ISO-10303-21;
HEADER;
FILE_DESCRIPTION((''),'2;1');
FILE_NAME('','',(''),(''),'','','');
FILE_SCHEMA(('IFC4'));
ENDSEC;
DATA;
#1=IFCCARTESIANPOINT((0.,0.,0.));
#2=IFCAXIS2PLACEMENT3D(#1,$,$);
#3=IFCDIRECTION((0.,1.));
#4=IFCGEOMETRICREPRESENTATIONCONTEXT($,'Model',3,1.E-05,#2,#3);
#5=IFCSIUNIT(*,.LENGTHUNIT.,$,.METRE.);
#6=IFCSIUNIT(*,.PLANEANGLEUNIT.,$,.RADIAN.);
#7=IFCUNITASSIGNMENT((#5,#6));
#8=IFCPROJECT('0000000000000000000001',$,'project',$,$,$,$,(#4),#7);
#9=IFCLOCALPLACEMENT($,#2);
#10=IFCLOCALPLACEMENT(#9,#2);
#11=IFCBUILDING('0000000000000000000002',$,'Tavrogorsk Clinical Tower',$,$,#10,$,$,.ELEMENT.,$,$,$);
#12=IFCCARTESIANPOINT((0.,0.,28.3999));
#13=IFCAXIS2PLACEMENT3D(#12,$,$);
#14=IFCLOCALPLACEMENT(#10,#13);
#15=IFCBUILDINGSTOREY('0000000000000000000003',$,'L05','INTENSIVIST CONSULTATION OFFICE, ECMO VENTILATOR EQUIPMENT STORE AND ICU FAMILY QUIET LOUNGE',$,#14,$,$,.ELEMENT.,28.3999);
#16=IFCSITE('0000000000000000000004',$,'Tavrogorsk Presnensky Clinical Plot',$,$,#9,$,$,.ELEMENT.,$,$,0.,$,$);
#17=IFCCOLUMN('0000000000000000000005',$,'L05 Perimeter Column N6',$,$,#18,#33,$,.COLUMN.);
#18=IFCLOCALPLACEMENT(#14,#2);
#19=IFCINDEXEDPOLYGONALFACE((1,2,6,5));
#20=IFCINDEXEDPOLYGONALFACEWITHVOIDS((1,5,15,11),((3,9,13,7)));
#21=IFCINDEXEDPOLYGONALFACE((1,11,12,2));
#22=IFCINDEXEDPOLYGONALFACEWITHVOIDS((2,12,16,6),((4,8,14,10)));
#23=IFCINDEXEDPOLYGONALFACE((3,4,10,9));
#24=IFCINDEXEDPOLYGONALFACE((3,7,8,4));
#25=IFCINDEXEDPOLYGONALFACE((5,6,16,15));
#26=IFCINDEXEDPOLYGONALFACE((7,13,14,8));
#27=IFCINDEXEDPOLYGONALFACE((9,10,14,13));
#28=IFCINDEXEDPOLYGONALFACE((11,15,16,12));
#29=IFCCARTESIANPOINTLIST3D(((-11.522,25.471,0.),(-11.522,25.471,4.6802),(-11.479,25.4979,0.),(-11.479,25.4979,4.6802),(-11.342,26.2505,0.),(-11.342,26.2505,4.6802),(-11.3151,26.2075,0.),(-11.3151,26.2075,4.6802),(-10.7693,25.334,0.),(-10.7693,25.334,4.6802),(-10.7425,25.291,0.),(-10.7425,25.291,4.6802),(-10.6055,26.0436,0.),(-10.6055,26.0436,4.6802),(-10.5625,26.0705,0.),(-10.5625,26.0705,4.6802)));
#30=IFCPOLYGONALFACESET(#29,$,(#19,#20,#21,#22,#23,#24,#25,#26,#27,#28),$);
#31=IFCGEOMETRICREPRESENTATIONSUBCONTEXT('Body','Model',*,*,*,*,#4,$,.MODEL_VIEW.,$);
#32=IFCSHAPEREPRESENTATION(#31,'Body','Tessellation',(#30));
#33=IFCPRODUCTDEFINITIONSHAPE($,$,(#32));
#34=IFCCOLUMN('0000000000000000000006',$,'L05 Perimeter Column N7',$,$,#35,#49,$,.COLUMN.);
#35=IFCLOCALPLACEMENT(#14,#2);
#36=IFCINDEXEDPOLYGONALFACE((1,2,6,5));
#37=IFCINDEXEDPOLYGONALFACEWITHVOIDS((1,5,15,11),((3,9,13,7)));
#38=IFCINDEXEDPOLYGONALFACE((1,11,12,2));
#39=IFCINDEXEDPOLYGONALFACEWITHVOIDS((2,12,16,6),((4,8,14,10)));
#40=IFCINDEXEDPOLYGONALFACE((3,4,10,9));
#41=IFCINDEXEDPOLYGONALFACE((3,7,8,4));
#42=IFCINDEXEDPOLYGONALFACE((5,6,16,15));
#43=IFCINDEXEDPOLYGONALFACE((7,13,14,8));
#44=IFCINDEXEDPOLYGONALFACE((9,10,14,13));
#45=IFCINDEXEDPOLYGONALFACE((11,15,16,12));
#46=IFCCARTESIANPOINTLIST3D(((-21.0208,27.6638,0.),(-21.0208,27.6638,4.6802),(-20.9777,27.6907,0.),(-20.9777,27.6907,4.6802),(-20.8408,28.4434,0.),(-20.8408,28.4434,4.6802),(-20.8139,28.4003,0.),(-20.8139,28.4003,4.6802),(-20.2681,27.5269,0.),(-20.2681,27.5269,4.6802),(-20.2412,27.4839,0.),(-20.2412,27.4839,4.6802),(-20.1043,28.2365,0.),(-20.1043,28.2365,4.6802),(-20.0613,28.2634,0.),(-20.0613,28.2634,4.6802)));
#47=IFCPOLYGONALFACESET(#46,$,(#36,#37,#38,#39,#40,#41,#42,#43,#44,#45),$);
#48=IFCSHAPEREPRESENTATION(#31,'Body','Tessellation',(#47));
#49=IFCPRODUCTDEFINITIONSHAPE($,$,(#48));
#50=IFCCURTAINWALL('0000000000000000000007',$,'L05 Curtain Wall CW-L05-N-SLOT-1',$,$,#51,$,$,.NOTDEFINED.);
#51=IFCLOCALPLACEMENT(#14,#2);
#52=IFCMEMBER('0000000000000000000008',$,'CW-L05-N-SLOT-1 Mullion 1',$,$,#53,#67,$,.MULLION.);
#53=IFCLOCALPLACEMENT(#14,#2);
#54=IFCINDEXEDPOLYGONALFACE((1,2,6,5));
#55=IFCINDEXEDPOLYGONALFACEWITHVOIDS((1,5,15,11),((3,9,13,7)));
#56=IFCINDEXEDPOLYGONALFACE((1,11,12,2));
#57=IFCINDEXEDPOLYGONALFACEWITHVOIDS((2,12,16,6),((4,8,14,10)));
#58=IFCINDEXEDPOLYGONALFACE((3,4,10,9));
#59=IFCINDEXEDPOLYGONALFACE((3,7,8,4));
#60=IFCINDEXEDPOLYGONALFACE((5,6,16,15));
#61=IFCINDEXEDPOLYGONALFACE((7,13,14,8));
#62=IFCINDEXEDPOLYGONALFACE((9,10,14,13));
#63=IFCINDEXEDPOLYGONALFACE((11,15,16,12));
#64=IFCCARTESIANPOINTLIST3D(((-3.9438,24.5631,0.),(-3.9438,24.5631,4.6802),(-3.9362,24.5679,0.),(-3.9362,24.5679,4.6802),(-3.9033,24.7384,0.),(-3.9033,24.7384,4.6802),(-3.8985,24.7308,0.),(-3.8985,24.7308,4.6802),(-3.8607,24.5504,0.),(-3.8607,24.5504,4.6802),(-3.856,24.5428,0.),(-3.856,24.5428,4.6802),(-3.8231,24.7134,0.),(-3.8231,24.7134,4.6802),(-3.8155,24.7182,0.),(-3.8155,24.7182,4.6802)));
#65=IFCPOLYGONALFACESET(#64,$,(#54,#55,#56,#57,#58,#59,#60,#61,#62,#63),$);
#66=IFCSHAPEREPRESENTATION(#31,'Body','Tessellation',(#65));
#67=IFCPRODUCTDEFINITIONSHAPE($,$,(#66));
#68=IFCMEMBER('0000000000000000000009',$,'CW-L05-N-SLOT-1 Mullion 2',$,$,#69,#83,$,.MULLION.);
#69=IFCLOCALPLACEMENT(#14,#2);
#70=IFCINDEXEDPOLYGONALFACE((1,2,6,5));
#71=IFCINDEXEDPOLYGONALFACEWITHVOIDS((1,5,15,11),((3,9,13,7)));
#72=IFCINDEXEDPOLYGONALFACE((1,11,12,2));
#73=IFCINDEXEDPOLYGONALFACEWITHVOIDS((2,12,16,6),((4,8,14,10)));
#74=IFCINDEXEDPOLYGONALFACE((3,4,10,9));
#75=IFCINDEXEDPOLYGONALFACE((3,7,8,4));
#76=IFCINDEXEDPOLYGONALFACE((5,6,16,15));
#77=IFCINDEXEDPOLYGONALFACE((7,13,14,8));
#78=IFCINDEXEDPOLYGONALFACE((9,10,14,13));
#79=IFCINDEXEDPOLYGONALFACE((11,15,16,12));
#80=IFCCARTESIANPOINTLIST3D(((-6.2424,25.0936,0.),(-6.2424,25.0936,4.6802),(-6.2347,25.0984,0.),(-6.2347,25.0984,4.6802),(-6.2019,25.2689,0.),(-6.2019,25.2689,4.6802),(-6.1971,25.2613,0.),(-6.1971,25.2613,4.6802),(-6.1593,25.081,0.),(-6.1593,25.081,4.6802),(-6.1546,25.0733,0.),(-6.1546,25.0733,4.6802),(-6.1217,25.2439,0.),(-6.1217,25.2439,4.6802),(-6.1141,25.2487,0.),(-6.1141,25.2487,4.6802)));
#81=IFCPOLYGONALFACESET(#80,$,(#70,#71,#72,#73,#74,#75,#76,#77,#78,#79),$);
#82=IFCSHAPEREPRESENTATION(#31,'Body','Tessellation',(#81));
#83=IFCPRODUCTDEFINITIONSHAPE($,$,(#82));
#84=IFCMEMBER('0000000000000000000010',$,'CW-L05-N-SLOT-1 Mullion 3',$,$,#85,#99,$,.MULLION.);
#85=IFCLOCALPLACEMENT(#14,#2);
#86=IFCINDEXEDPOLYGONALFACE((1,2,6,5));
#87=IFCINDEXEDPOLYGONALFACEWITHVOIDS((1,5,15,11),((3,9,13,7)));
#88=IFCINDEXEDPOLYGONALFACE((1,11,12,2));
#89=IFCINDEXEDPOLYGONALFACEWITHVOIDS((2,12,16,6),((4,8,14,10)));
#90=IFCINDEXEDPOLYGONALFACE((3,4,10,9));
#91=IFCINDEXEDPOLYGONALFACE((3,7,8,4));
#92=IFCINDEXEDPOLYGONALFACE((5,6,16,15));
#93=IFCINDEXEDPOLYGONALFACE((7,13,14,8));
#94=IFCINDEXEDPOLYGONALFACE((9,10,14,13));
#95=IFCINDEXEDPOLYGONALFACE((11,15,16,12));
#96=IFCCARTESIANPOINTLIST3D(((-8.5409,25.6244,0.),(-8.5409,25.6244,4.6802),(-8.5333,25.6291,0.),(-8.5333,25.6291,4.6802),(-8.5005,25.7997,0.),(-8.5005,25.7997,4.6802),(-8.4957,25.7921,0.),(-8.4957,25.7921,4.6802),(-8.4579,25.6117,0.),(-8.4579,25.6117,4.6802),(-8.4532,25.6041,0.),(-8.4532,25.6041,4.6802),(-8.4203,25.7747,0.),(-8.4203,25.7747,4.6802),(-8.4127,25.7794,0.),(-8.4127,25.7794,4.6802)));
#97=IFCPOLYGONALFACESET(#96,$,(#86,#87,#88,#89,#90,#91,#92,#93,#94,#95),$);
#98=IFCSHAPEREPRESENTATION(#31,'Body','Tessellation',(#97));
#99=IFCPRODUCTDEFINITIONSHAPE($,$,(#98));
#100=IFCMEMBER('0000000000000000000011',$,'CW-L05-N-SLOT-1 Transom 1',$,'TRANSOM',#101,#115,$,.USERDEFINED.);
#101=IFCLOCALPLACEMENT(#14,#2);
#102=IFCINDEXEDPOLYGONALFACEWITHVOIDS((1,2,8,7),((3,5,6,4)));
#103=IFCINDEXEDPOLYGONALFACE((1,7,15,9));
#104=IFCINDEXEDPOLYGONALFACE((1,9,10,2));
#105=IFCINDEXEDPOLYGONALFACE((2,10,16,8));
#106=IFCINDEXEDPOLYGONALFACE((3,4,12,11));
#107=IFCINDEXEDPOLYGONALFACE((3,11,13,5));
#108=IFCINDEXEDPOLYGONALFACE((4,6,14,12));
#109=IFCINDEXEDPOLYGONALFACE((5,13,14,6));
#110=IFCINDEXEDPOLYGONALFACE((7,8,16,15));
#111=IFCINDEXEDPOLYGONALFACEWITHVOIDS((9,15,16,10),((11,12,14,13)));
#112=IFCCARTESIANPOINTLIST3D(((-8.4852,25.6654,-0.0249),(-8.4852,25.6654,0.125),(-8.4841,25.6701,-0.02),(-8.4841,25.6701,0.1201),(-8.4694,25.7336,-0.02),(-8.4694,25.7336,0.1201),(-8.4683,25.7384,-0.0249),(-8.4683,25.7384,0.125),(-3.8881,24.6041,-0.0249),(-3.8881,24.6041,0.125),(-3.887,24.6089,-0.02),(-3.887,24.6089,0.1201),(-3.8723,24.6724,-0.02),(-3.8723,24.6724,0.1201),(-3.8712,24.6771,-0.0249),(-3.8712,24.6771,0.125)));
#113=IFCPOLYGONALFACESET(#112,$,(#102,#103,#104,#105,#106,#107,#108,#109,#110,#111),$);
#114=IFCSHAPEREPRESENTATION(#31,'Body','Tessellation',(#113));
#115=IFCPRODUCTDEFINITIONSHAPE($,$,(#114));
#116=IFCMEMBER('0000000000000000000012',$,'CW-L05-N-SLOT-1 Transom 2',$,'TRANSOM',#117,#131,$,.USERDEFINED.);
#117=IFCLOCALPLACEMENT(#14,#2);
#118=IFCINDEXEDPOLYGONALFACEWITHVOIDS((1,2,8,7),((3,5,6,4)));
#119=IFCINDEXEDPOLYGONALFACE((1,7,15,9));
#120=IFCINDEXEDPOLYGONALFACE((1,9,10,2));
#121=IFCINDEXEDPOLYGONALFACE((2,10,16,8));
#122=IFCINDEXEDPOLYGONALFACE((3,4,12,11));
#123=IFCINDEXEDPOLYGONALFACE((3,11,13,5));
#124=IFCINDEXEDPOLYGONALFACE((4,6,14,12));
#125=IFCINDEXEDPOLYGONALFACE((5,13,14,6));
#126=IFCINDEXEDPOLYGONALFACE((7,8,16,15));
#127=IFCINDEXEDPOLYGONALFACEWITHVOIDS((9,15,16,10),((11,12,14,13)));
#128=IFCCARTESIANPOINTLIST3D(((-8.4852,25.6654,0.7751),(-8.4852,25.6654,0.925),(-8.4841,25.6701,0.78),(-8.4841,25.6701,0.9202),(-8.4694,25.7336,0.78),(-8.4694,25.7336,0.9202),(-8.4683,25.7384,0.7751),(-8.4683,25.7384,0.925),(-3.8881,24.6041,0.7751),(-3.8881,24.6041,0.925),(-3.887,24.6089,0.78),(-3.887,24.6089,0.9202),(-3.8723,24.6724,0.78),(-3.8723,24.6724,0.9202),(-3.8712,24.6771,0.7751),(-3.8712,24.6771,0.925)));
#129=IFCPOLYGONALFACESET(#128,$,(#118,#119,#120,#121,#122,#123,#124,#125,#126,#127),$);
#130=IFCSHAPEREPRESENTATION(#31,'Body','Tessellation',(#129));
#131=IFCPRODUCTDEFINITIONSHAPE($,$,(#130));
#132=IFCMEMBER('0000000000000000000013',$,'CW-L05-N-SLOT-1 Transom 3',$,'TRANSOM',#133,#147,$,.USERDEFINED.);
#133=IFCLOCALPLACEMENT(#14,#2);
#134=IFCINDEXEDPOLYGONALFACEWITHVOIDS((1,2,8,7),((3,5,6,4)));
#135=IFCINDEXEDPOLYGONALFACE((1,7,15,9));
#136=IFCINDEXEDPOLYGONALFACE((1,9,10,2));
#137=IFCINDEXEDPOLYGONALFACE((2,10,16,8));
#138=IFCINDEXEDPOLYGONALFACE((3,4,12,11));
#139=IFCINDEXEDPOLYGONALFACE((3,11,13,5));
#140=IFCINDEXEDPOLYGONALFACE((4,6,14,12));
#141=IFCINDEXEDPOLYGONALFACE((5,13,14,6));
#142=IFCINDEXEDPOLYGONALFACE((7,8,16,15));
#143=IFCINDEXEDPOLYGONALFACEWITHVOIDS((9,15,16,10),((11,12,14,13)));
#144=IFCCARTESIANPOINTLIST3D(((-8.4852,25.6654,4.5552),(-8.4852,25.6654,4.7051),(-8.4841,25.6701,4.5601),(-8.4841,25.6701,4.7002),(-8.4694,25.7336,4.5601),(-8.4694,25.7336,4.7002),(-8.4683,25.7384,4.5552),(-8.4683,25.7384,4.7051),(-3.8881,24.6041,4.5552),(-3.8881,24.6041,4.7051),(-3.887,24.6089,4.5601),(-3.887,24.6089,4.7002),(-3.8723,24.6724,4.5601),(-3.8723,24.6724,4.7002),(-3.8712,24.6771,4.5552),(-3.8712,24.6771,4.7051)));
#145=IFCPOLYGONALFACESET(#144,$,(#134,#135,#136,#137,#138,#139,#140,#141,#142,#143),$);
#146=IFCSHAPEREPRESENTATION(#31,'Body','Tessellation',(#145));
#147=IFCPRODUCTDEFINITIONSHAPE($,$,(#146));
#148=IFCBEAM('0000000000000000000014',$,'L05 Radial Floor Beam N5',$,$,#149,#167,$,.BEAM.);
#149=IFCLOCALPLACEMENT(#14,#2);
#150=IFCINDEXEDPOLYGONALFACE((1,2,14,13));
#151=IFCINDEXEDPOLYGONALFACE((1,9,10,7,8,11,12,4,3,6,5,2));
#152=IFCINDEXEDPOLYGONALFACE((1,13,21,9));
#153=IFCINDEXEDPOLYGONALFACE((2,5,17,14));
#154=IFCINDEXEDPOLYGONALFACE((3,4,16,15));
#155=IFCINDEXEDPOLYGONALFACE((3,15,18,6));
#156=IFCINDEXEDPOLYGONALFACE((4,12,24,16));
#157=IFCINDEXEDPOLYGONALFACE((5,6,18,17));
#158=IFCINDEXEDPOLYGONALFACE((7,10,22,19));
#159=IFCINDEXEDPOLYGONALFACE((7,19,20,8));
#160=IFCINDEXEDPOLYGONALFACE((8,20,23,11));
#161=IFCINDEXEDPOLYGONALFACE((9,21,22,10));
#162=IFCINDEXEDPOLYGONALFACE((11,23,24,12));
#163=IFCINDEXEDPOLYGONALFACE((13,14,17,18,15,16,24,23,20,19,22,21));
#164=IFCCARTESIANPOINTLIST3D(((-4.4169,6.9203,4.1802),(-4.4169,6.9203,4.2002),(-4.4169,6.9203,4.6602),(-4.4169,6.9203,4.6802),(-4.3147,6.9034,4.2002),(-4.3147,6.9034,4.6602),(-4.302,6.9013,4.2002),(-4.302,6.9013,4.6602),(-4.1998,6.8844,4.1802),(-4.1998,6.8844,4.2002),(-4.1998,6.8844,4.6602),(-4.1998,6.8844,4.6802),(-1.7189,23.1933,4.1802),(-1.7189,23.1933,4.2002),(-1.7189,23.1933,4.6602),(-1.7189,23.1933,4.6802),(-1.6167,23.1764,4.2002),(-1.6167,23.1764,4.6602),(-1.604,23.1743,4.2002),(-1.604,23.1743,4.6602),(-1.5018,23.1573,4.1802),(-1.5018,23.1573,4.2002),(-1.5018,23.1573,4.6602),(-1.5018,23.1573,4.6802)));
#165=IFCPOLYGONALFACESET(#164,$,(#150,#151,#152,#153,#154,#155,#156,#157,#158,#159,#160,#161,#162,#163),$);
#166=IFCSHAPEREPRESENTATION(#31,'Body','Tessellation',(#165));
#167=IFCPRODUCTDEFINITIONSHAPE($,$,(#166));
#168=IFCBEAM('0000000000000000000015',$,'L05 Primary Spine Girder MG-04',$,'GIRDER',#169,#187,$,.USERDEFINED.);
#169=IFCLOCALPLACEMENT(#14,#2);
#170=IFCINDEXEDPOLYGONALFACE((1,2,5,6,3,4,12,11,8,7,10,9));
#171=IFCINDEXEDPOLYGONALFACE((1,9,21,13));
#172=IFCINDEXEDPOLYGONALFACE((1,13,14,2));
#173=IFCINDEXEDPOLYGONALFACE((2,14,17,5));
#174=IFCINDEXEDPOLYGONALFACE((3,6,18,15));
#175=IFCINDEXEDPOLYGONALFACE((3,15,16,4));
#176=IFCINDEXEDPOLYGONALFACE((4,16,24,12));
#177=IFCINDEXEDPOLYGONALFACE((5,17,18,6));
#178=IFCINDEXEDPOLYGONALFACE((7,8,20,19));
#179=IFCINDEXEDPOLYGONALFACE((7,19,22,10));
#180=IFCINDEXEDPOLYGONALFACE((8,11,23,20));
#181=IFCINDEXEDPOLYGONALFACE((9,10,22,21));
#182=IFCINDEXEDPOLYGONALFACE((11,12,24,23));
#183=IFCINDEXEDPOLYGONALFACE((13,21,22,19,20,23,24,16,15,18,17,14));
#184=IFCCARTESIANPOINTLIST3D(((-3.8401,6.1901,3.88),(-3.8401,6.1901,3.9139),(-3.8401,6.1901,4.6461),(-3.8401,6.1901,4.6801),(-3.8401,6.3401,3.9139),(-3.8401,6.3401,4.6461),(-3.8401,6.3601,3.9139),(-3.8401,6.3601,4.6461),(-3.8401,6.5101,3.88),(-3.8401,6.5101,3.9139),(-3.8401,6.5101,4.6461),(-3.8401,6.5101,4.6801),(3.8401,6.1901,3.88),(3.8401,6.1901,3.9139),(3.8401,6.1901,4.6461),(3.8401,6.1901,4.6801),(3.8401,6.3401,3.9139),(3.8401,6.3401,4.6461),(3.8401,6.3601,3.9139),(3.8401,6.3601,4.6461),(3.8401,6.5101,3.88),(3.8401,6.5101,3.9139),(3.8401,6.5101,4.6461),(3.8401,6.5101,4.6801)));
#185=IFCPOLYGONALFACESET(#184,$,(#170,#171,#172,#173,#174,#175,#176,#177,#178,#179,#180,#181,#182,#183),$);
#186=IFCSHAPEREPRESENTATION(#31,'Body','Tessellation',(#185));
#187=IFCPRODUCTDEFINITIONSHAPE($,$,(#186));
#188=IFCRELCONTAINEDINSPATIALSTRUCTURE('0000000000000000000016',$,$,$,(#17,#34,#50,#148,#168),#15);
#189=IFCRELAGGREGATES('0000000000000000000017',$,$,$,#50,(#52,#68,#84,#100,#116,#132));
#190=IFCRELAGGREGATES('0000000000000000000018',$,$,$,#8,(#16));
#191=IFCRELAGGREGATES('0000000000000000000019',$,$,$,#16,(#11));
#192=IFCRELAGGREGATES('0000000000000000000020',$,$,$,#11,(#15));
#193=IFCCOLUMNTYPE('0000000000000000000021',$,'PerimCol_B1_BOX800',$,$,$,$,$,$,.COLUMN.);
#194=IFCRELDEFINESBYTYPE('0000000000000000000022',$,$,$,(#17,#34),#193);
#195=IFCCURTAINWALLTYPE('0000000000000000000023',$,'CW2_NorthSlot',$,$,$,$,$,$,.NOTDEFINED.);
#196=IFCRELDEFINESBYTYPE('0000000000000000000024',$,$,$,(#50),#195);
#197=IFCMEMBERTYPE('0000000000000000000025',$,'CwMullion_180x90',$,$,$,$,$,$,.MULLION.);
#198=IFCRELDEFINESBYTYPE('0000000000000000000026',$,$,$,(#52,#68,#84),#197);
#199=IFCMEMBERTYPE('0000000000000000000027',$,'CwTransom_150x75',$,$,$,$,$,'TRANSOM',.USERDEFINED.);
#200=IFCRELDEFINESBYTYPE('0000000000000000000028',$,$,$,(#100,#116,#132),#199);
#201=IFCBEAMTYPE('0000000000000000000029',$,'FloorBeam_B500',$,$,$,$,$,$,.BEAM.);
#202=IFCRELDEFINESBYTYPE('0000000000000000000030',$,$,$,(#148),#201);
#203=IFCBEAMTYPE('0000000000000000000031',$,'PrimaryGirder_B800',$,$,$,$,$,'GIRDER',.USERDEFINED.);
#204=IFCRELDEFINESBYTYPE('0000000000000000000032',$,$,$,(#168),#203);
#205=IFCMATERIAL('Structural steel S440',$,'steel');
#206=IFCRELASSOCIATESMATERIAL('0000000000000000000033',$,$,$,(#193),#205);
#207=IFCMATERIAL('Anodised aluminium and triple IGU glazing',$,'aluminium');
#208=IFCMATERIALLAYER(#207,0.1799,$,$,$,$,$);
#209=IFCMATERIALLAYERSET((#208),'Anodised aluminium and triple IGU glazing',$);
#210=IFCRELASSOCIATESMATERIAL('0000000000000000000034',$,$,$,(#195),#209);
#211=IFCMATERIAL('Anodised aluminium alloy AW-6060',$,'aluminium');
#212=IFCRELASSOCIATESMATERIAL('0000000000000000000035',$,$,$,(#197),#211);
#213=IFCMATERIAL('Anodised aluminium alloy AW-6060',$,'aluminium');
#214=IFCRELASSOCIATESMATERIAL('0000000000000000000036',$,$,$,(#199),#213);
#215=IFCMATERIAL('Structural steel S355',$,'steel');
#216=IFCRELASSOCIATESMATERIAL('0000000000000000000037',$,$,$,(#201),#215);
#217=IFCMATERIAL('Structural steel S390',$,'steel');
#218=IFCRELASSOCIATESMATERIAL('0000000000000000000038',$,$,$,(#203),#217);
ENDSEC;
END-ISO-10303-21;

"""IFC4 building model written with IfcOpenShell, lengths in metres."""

from ifc_helpers import new_model, si_unit, direction, frame, origin, origin_2d, place, context, subcontext, project, spatial, hollow_rectangle, i_section, extrude, material, layer, layer_set, material_profile, profile_set, type_object, element, aggregate, save


model = new_model("IFC4")

# Units and contexts
model_context = context("Model", 3, precision=1e-05, world=origin(), true_north=direction((0.0, 1.0)))
body_context = subcontext(model_context, "Body", "Model", "MODEL_VIEW")
ifc_project = project(units=[si_unit("LENGTHUNIT", "METRE"), si_unit("PLANEANGLEUNIT", "RADIAN")], contexts=[model_context])

# Site, building, storey
site_placement = place(None, origin())
site = spatial("IfcSite", under=ifc_project, at=site_placement, Name="Tavrogorsk Presnensky Clinical Plot", CompositionType="ELEMENT", RefElevation=0.0)
building_placement = place(site_placement, origin())
building = spatial("IfcBuilding", under=site, at=building_placement, Name="Tavrogorsk Clinical Tower", CompositionType="ELEMENT")
storey_placement = place(building_placement, frame((0.0, 0.0, 28.3999)))
storey = spatial("IfcBuildingStorey", under=building, at=storey_placement, Name="L05", Description="INTENSIVIST CONSULTATION OFFICE, ECMO VENTILATOR EQUIPMENT STORE AND ICU FAMILY QUIET LOUNGE", CompositionType="ELEMENT", Elevation=28.3999)

# Columns
ifc_material_1 = material(Name="Structural steel S440", Category="steel")
ifc_material_profile_1 = material_profile(ifc_material_1, hollow_rectangle(XDim=0.8, YDim=0.8, WallThickness=0.0359, at=origin_2d()), Name="BOX-800x800x36")
ifc_profile_set_1 = profile_set([ifc_material_profile_1], Name="Structural steel S440")
column_type = type_object("IfcColumnType", Name="PerimCol_B1_BOX800", PredefinedType="COLUMN", material=ifc_profile_set_1)
for number, where, z_axis, x_axis, name in (
    (1, (-11.0422, 25.7708, 0.0), (0.0, 0.0, 1.0), (0.97437, -0.224951, 0.0), "L05 Perimeter Column N6"),
    (2, (-20.541, 27.9636, 0.0), (0.0, 0.0, 1.0), (0.97437, -0.224951, 0.0), "L05 Perimeter Column N7"),
):
    element("IfcColumn", number, at=place(storey_placement, frame(where, z_axis=z_axis, x_axis=x_axis)), inside=storey, type_object=column_type, Name=name, PredefinedType="COLUMN", context=body_context, shape_type="SweptSolid", body=[
        extrude(hollow_rectangle(XDim=0.8, YDim=0.8, WallThickness=0.0359, at=origin_2d()), origin(), (0.0, 0.0, 1.0), 4.6802),
    ])

# Curtain wall, members
ifc_material_2 = material(Name="Anodised aluminium and triple IGU glazing", Category="aluminium")
ifc_layer_1 = layer(ifc_material_2, 0.1799)
ifc_layer_set_1 = layer_set([ifc_layer_1], Name="Anodised aluminium and triple IGU glazing")
curtain_wall_type = type_object("IfcCurtainWallType", Name="CW2_NorthSlot", PredefinedType="NOTDEFINED", material=ifc_layer_set_1)
curtain_wall_placement = place(storey_placement, origin())
curtain_wall = element("IfcCurtainWall", 3, at=curtain_wall_placement, inside=storey, type_object=curtain_wall_type, Name="L05 Curtain Wall CW-L05-N-SLOT-1", PredefinedType="NOTDEFINED")
ifc_material_3 = material(Name="Anodised aluminium alloy AW-6060", Category="aluminium")
ifc_material_profile_2 = material_profile(ifc_material_3, hollow_rectangle(XDim=0.0901, YDim=0.1799, WallThickness=0.0063, at=origin_2d()), Name="RHS-180x90x6.3")
ifc_profile_set_2 = profile_set([ifc_material_profile_2], Name="Anodised aluminium alloy AW-6060")
member_type_1 = type_object("IfcMemberType", Name="CwMullion_180x90", PredefinedType="MULLION", material=ifc_profile_set_2)
member_1_placement = place(storey_placement, frame((-3.8796, 24.6406, 0.0), z_axis=(0.0, 0.0, 1.0), x_axis=(-0.97437, 0.224951, 0.0)))
member_1 = element("IfcMember", 4, at=member_1_placement, type_object=member_type_1, Name="CW-L05-N-SLOT-1 Mullion 1", PredefinedType="MULLION", context=body_context, shape_type="SweptSolid", body=[
    extrude(hollow_rectangle(XDim=0.0901, YDim=0.1799, WallThickness=0.0063, at=origin_2d()), origin(), (0.0, 0.0, 1.0), 4.6802),
])
member_2_placement = place(storey_placement, frame((-6.1782, 25.1711, 0.0), z_axis=(0.0, 0.0, 1.0), x_axis=(-0.97437, 0.224951, 0.0)))
member_2 = element("IfcMember", 5, at=member_2_placement, type_object=member_type_1, Name="CW-L05-N-SLOT-1 Mullion 2", PredefinedType="MULLION", context=body_context, shape_type="SweptSolid", body=[
    extrude(hollow_rectangle(XDim=0.0901, YDim=0.1799, WallThickness=0.0063, at=origin_2d()), origin(), (0.0, 0.0, 1.0), 4.6802),
])
member_3_placement = place(storey_placement, frame((-8.4768, 25.7019, 0.0), z_axis=(0.0, 0.0, 1.0), x_axis=(-0.97437, 0.224951, 0.0)))
member_3 = element("IfcMember", 6, at=member_3_placement, type_object=member_type_1, Name="CW-L05-N-SLOT-1 Mullion 3", PredefinedType="MULLION", context=body_context, shape_type="SweptSolid", body=[
    extrude(hollow_rectangle(XDim=0.0901, YDim=0.1799, WallThickness=0.0063, at=origin_2d()), origin(), (0.0, 0.0, 1.0), 4.6802),
])
ifc_material_4 = material(Name="Anodised aluminium alloy AW-6060", Category="aluminium")
ifc_material_profile_3 = material_profile(ifc_material_4, hollow_rectangle(XDim=0.075, YDim=0.1499, WallThickness=0.0049, at=origin_2d()), Name="RHS-150x75x5")
ifc_profile_set_3 = profile_set([ifc_material_profile_3], Name="Anodised aluminium alloy AW-6060")
member_type_2 = type_object("IfcMemberType", Name="CwTransom_150x75", ElementType="TRANSOM", PredefinedType="USERDEFINED", material=ifc_profile_set_3)
member_4_placement = place(storey_placement, frame((-3.8796, 24.6406, 0.05), z_axis=(-0.974373, 0.224939, 0.0), x_axis=(-0.224939, -0.974373, 0.0)))
member_4 = element("IfcMember", 7, at=member_4_placement, type_object=member_type_2, Name="CW-L05-N-SLOT-1 Transom 1", ObjectType="TRANSOM", PredefinedType="USERDEFINED", context=body_context, shape_type="SweptSolid", body=[
    extrude(hollow_rectangle(XDim=0.075, YDim=0.1499, WallThickness=0.0049, at=origin_2d()), origin(), (0.0, 0.0, 1.0), 4.718),
])
member_5_placement = place(storey_placement, frame((-3.8796, 24.6406, 0.8501), z_axis=(-0.974373, 0.224939, 0.0), x_axis=(-0.224939, -0.974373, 0.0)))
member_5 = element("IfcMember", 8, at=member_5_placement, type_object=member_type_2, Name="CW-L05-N-SLOT-1 Transom 2", ObjectType="TRANSOM", PredefinedType="USERDEFINED", context=body_context, shape_type="SweptSolid", body=[
    extrude(hollow_rectangle(XDim=0.075, YDim=0.1499, WallThickness=0.0049, at=origin_2d()), origin(), (0.0, 0.0, 1.0), 4.718),
])
member_6_placement = place(storey_placement, frame((-3.8796, 24.6406, 4.6301), z_axis=(-0.974373, 0.224939, 0.0), x_axis=(-0.224939, -0.974373, 0.0)))
member_6 = element("IfcMember", 9, at=member_6_placement, type_object=member_type_2, Name="CW-L05-N-SLOT-1 Transom 3", ObjectType="TRANSOM", PredefinedType="USERDEFINED", context=body_context, shape_type="SweptSolid", body=[
    extrude(hollow_rectangle(XDim=0.075, YDim=0.1499, WallThickness=0.0049, at=origin_2d()), origin(), (0.0, 0.0, 1.0), 4.718),
])

# Beams
ifc_material_5 = material(Name="Structural steel S355", Category="steel")
ifc_material_profile_4 = material_profile(ifc_material_5, i_section(OverallWidth=0.22, OverallDepth=0.5, WebThickness=0.0129, FlangeThickness=0.02, at=origin_2d()), Name="B-500x220x13x20")
ifc_profile_set_4 = profile_set([ifc_material_profile_4], Name="Structural steel S355")
beam_type_1 = type_object("IfcBeamType", Name="FloorBeam_B500", PredefinedType="BEAM", material=ifc_profile_set_4)
beam_1_placement = place(storey_placement, frame((-4.3083, 6.9023, 4.4302), z_axis=(0.163564, 0.986533, 0.0), x_axis=(-0.986533, 0.163564, 0.0)))
element("IfcBeam", 10, at=beam_1_placement, inside=storey, type_object=beam_type_1, Name="L05 Radial Floor Beam N5", PredefinedType="BEAM", context=body_context, shape_type="SweptSolid", body=[
    extrude(i_section(OverallWidth=0.22, OverallDepth=0.5, WebThickness=0.0129, FlangeThickness=0.02, at=origin_2d()), origin(), (0.0, 0.0, 1.0), 16.4951),
])
ifc_material_6 = material(Name="Structural steel S390", Category="steel")
ifc_material_profile_5 = material_profile(ifc_material_6, i_section(OverallWidth=0.3201, OverallDepth=0.8, WebThickness=0.02, FlangeThickness=0.0339, at=origin_2d()), Name="B-800x320x20x34")
ifc_profile_set_5 = profile_set([ifc_material_profile_5], Name="Structural steel S390")
beam_type_2 = type_object("IfcBeamType", Name="PrimaryGirder_B800", ElementType="GIRDER", PredefinedType="USERDEFINED", material=ifc_profile_set_5)
beam_2_placement = place(storey_placement, frame((-3.8401, 6.3501, 4.28), z_axis=(1.0, 0.0, 0.0), x_axis=(0.0, 1.0, 0.0)))
element("IfcBeam", 11, at=beam_2_placement, inside=storey, type_object=beam_type_2, Name="L05 Primary Spine Girder MG-04", ObjectType="GIRDER", PredefinedType="USERDEFINED", context=body_context, shape_type="SweptSolid", body=[
    extrude(i_section(OverallWidth=0.3201, OverallDepth=0.8, WebThickness=0.02, FlangeThickness=0.0339, at=origin_2d()), origin(), (0.0, 0.0, 1.0), 7.6802),
])

aggregate(curtain_wall, [member_1, member_2, member_3, member_4, member_5, member_6])

save(model, "model.ifc")
